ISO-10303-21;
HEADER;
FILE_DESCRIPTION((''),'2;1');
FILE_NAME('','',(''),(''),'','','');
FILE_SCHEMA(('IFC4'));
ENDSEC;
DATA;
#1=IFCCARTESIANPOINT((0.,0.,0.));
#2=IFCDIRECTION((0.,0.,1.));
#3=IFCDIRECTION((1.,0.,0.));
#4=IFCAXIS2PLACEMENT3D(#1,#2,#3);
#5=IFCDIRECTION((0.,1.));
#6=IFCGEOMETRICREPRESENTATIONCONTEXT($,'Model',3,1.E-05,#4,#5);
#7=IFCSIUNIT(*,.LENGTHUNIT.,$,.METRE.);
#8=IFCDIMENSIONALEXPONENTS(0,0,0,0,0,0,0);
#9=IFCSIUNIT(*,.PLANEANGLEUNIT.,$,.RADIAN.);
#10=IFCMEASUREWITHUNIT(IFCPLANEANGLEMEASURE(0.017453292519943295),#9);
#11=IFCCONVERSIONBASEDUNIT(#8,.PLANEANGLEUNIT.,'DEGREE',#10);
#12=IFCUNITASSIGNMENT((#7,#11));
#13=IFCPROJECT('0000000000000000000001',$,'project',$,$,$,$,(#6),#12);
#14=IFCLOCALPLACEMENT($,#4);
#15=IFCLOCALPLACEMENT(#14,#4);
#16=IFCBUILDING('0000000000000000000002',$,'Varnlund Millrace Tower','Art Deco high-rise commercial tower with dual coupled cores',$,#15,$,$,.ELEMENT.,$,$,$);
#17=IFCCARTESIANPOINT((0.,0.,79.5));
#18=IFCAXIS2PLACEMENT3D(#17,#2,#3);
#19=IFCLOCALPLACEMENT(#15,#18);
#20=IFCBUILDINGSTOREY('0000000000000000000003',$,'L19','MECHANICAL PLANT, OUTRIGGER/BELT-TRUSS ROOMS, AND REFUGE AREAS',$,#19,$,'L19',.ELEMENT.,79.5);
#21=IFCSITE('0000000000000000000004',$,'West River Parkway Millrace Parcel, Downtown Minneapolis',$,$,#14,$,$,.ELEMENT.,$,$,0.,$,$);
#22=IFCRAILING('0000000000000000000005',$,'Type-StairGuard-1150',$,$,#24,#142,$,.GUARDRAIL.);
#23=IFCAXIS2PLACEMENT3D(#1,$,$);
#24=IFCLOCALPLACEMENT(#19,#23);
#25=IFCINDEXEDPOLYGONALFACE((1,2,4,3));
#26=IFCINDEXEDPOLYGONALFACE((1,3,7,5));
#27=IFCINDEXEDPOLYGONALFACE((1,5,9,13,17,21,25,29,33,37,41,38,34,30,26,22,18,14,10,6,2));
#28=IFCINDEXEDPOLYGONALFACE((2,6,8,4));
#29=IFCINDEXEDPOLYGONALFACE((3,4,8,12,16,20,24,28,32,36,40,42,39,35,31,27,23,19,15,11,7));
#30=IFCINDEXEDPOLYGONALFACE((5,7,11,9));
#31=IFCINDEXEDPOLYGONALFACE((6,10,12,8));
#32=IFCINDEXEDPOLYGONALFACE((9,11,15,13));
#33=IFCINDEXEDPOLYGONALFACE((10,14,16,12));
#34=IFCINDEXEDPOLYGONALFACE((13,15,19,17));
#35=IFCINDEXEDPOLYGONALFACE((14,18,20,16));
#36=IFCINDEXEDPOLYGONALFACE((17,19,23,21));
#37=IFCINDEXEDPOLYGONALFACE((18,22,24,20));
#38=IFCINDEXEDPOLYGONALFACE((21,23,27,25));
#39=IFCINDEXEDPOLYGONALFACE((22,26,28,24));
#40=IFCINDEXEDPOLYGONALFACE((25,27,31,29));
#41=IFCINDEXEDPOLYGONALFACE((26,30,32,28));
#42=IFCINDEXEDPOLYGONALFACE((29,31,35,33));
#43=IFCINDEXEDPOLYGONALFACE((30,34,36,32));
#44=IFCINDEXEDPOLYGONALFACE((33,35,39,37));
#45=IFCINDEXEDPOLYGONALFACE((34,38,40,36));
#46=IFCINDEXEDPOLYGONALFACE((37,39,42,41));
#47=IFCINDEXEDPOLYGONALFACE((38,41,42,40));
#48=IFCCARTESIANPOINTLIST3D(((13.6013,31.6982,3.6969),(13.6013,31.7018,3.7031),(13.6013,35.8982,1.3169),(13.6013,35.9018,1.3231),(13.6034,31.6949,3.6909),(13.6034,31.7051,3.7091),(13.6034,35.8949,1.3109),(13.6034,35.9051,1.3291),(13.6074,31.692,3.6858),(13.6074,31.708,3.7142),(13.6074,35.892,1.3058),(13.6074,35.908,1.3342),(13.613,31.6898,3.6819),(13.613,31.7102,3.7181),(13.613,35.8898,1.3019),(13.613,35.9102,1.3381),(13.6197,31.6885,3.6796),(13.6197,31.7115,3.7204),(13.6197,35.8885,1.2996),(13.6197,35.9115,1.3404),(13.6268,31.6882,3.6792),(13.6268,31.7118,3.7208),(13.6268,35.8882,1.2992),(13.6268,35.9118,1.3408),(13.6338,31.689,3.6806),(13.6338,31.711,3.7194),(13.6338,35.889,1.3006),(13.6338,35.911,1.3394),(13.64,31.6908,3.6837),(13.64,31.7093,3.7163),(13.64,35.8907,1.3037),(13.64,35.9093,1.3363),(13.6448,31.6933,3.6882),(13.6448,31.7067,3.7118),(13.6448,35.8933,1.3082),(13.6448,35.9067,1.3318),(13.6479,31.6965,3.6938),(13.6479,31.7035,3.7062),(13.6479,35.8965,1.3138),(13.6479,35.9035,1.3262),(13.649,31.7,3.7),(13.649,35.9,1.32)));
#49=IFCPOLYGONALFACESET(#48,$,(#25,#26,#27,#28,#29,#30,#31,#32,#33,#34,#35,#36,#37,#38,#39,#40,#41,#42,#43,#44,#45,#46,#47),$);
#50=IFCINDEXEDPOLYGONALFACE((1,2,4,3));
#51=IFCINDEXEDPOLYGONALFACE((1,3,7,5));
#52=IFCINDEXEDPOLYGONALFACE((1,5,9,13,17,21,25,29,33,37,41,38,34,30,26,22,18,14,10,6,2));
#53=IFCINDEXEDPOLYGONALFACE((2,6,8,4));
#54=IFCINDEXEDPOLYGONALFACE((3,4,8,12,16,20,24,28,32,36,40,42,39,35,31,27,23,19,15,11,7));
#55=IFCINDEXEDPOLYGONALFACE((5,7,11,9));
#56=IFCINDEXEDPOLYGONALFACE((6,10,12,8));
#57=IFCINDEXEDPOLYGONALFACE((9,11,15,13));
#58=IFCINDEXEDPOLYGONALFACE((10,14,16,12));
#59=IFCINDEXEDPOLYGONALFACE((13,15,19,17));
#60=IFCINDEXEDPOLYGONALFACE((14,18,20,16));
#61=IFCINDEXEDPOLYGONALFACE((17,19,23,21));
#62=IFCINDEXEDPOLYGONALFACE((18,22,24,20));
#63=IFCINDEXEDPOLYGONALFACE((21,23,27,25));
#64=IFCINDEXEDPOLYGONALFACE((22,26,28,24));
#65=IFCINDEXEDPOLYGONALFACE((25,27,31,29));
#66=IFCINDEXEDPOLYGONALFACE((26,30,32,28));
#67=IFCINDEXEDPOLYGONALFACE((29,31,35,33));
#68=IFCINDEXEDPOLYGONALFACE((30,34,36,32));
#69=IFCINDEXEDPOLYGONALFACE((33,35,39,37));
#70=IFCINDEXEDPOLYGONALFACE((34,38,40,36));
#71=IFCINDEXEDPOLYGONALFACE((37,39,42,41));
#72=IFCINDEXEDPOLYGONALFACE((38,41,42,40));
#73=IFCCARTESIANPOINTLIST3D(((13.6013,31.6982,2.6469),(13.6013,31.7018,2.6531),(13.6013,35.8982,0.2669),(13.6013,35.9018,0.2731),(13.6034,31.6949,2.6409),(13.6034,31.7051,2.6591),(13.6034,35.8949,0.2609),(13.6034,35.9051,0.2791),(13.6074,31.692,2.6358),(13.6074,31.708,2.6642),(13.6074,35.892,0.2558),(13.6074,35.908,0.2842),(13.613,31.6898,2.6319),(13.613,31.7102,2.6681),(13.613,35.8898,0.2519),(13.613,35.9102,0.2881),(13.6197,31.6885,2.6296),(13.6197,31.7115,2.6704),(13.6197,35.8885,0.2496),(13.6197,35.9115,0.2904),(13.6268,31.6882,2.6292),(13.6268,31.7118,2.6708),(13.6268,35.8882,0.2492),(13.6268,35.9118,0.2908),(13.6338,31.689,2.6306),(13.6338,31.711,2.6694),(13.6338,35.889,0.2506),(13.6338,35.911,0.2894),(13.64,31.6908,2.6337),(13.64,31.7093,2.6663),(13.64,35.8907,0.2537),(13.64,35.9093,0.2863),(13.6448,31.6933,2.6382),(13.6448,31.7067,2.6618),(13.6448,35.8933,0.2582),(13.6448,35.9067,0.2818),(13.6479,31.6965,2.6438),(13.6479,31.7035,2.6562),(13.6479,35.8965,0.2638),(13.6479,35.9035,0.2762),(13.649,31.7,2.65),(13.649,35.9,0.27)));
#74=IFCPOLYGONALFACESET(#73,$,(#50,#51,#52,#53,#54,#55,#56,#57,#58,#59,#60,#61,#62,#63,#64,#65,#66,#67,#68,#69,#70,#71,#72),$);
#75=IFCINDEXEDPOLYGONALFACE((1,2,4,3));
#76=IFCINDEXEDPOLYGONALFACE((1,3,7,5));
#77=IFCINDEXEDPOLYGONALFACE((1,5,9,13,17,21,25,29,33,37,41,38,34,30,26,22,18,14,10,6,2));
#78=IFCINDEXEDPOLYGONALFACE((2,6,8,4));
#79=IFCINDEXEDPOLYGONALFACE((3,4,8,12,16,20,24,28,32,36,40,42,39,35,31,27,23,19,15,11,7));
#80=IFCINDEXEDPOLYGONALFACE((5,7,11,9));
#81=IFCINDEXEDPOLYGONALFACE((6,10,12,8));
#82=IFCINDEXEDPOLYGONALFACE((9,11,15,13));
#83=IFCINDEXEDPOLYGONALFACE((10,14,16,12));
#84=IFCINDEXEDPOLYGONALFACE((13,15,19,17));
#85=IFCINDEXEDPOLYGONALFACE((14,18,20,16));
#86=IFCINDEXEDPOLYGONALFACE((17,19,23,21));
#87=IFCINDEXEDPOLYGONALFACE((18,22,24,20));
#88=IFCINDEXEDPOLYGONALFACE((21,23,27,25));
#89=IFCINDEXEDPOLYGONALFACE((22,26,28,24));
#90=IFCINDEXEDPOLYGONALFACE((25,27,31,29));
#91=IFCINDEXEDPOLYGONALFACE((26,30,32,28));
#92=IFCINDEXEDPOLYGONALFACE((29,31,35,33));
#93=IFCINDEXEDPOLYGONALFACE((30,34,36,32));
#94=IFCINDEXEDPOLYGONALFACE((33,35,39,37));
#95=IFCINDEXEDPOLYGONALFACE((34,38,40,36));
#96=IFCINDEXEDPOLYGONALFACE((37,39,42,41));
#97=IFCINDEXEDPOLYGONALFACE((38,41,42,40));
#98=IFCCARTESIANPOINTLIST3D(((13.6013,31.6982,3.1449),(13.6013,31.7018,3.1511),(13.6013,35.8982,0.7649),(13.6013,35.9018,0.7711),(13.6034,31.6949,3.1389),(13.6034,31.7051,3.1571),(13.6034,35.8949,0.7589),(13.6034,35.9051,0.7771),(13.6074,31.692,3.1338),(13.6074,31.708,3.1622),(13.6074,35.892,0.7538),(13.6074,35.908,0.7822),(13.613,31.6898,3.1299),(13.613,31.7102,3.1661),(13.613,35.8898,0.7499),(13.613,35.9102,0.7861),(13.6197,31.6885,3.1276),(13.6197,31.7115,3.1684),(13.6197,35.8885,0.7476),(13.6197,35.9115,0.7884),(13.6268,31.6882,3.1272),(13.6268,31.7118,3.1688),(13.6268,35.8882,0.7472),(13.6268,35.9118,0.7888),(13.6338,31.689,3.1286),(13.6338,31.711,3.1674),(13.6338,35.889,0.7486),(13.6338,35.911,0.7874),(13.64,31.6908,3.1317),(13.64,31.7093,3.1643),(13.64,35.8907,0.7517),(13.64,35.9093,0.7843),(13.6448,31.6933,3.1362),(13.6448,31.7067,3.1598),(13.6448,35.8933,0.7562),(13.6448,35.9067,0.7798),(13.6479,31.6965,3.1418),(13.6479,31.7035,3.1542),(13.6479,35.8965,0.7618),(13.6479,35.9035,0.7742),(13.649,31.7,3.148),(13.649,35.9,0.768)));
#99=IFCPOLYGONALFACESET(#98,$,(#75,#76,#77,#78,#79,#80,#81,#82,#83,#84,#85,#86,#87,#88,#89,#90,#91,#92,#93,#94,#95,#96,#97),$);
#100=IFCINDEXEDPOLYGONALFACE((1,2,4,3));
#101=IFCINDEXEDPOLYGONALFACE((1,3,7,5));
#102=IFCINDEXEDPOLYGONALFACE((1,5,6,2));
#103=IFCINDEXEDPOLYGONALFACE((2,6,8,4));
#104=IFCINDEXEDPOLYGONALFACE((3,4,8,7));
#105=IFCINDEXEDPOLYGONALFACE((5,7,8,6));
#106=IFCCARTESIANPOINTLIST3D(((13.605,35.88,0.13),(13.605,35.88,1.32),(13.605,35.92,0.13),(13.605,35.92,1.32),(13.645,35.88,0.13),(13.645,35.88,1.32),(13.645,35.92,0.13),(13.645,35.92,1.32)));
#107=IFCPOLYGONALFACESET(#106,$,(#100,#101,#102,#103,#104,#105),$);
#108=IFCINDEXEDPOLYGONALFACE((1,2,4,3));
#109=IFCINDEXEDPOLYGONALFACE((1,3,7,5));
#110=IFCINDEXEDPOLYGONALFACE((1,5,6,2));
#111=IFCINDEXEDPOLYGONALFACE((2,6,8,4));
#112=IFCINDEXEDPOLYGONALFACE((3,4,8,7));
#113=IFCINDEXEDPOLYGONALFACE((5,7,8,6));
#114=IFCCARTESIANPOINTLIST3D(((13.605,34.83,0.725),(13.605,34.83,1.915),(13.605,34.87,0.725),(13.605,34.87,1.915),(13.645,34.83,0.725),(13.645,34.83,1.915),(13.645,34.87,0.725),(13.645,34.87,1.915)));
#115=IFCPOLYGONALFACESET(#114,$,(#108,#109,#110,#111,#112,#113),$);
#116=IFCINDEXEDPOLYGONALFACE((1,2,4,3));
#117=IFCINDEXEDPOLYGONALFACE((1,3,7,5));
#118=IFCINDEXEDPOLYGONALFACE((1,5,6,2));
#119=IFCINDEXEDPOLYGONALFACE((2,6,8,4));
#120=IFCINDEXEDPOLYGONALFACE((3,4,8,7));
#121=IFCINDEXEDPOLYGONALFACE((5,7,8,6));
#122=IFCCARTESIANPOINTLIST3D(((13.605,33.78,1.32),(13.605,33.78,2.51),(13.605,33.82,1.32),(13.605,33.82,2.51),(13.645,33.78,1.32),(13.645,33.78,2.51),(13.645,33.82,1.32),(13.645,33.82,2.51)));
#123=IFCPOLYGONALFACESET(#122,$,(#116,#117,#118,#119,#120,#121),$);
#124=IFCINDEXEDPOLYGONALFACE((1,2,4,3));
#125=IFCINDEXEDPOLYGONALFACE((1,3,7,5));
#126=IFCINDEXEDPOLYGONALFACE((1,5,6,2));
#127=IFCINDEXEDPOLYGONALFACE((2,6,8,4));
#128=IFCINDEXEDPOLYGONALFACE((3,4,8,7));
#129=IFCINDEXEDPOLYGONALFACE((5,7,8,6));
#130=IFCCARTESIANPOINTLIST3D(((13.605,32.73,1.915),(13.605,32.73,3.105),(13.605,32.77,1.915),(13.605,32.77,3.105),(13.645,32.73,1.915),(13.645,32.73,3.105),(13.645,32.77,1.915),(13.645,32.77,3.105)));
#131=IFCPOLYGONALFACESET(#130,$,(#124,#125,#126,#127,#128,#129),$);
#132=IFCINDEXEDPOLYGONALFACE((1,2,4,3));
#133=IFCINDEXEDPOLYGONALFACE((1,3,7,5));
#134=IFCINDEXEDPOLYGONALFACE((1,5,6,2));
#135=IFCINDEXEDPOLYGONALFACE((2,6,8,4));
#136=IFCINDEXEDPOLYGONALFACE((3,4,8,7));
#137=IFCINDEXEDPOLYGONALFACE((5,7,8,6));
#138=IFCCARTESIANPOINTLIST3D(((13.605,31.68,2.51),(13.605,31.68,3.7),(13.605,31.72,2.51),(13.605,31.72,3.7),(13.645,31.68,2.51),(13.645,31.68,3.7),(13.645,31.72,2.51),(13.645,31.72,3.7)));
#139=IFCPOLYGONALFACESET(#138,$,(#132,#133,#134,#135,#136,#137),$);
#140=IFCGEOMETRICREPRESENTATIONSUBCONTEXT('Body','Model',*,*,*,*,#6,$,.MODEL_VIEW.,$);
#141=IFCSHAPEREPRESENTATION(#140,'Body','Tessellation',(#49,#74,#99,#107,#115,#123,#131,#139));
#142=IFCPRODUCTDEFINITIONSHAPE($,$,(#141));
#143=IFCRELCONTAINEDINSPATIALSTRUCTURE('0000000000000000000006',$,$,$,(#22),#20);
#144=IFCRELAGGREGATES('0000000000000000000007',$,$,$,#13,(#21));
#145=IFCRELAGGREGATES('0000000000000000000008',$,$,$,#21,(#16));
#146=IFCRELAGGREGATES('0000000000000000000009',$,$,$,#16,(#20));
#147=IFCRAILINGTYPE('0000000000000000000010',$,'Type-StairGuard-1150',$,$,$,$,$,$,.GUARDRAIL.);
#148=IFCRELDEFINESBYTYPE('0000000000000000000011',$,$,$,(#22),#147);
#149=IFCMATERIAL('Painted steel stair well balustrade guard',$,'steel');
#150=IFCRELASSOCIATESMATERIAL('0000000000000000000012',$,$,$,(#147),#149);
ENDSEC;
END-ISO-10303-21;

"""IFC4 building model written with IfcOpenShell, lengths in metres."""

from ifc_helpers import new_model, entity, si_unit, converted_unit, direction, frame, origin_with_axes, origin_2d_with_axis, place, context, subcontext, project, spatial, rectangle, circle, extrude, material, type_object, element, save


model = new_model("IFC4")

# Units and contexts
model_context = context("Model", 3, precision=1e-05, world=origin_with_axes(), true_north=direction((0.0, 1.0)))
body_context = subcontext(model_context, "Body", "Model", "MODEL_VIEW")
ifc_project = project(units=[si_unit("LENGTHUNIT", "METRE"), converted_unit("PLANEANGLEUNIT", "DEGREE", entity("IfcPlaneAngleMeasure", 0.017453292519943295), si_unit("PLANEANGLEUNIT", "RADIAN"), dimensions=[0, 0, 0, 0, 0, 0, 0])], contexts=[model_context])

# Site, building, storey
site_placement = place(None, origin_with_axes())
site = spatial("IfcSite", under=ifc_project, at=site_placement, Name="West River Parkway Millrace Parcel, Downtown Minneapolis", CompositionType="ELEMENT", RefElevation=0.0)
building_placement = place(site_placement, origin_with_axes())
building = spatial("IfcBuilding", under=site, at=building_placement, Name="Varnlund Millrace Tower", Description="Art Deco high-rise commercial tower with dual coupled cores", CompositionType="ELEMENT")
storey_placement = place(building_placement, frame((0.0, 0.0, 79.5), z_axis=(0.0, 0.0, 1.0), x_axis=(1.0, 0.0, 0.0)))
storey = spatial("IfcBuildingStorey", under=building, at=storey_placement, Name="L19", Description="MECHANICAL PLANT, OUTRIGGER/BELT-TRUSS ROOMS, AND REFUGE AREAS", LongName="L19", CompositionType="ELEMENT", Elevation=79.5)

# Railing
ifc_material_1 = material(Name="Painted steel stair well balustrade guard", Category="steel")
railing_type_1 = type_object("IfcRailingType", Name="Type-StairGuard-1150", PredefinedType="GUARDRAIL", material=ifc_material_1)
railing_1_placement = place(storey_placement, frame((0.0, 0.0, -79.5), z_axis=(0.0, 0.0, 1.0), x_axis=(1.0, 0.0, 0.0)))
element("IfcRailing", 1, at=railing_1_placement, inside=storey, type_object=railing_type_1, Name="Type-StairGuard-1150", PredefinedType="GUARDRAIL", context=body_context, shape_type="SweptSolid", body=[
    extrude(circle(Radius=0.024, at=origin_2d_with_axis()), frame((13.625, 35.9, 80.82), z_axis=(0.0, -0.870022, 0.493013), x_axis=(1.0, 0.0, 0.0)), (0.0, 0.0, 1.0), 4.8275),
    extrude(circle(Radius=0.024, at=origin_2d_with_axis()), frame((13.625, 35.9, 79.77), z_axis=(0.0, -0.870022, 0.493013), x_axis=(1.0, 0.0, 0.0)), (0.0, 0.0, 1.0), 4.8275),
    extrude(circle(Radius=0.024, at=origin_2d_with_axis()), frame((13.625, 35.9, 80.268), z_axis=(0.0, -0.870022, 0.493013), x_axis=(1.0, 0.0, 0.0)), (0.0, 0.0, 1.0), 4.8275),
    extrude(rectangle(XDim=0.04, YDim=0.04, at=origin_2d_with_axis()), frame((13.625, 35.9, 79.63), z_axis=(0.0, 0.0, 1.0), x_axis=(1.0, 0.0, 0.0)), (0.0, 0.0, 1.0), 1.19),
    extrude(rectangle(XDim=0.04, YDim=0.04, at=origin_2d_with_axis()), frame((13.625, 34.85, 80.225), z_axis=(0.0, 0.0, 1.0), x_axis=(1.0, 0.0, 0.0)), (0.0, 0.0, 1.0), 1.19),
    extrude(rectangle(XDim=0.04, YDim=0.04, at=origin_2d_with_axis()), frame((13.625, 33.8, 80.82), z_axis=(0.0, 0.0, 1.0), x_axis=(1.0, 0.0, 0.0)), (0.0, 0.0, 1.0), 1.19),
    extrude(rectangle(XDim=0.04, YDim=0.04, at=origin_2d_with_axis()), frame((13.625, 32.75, 81.415), z_axis=(0.0, 0.0, 1.0), x_axis=(1.0, 0.0, 0.0)), (0.0, 0.0, 1.0), 1.19),
    extrude(rectangle(XDim=0.04, YDim=0.04, at=origin_2d_with_axis()), frame((13.625, 31.7, 82.01), z_axis=(0.0, 0.0, 1.0), x_axis=(1.0, 0.0, 0.0)), (0.0, 0.0, 1.0), 1.19),
])

save(model, "model.ifc")
